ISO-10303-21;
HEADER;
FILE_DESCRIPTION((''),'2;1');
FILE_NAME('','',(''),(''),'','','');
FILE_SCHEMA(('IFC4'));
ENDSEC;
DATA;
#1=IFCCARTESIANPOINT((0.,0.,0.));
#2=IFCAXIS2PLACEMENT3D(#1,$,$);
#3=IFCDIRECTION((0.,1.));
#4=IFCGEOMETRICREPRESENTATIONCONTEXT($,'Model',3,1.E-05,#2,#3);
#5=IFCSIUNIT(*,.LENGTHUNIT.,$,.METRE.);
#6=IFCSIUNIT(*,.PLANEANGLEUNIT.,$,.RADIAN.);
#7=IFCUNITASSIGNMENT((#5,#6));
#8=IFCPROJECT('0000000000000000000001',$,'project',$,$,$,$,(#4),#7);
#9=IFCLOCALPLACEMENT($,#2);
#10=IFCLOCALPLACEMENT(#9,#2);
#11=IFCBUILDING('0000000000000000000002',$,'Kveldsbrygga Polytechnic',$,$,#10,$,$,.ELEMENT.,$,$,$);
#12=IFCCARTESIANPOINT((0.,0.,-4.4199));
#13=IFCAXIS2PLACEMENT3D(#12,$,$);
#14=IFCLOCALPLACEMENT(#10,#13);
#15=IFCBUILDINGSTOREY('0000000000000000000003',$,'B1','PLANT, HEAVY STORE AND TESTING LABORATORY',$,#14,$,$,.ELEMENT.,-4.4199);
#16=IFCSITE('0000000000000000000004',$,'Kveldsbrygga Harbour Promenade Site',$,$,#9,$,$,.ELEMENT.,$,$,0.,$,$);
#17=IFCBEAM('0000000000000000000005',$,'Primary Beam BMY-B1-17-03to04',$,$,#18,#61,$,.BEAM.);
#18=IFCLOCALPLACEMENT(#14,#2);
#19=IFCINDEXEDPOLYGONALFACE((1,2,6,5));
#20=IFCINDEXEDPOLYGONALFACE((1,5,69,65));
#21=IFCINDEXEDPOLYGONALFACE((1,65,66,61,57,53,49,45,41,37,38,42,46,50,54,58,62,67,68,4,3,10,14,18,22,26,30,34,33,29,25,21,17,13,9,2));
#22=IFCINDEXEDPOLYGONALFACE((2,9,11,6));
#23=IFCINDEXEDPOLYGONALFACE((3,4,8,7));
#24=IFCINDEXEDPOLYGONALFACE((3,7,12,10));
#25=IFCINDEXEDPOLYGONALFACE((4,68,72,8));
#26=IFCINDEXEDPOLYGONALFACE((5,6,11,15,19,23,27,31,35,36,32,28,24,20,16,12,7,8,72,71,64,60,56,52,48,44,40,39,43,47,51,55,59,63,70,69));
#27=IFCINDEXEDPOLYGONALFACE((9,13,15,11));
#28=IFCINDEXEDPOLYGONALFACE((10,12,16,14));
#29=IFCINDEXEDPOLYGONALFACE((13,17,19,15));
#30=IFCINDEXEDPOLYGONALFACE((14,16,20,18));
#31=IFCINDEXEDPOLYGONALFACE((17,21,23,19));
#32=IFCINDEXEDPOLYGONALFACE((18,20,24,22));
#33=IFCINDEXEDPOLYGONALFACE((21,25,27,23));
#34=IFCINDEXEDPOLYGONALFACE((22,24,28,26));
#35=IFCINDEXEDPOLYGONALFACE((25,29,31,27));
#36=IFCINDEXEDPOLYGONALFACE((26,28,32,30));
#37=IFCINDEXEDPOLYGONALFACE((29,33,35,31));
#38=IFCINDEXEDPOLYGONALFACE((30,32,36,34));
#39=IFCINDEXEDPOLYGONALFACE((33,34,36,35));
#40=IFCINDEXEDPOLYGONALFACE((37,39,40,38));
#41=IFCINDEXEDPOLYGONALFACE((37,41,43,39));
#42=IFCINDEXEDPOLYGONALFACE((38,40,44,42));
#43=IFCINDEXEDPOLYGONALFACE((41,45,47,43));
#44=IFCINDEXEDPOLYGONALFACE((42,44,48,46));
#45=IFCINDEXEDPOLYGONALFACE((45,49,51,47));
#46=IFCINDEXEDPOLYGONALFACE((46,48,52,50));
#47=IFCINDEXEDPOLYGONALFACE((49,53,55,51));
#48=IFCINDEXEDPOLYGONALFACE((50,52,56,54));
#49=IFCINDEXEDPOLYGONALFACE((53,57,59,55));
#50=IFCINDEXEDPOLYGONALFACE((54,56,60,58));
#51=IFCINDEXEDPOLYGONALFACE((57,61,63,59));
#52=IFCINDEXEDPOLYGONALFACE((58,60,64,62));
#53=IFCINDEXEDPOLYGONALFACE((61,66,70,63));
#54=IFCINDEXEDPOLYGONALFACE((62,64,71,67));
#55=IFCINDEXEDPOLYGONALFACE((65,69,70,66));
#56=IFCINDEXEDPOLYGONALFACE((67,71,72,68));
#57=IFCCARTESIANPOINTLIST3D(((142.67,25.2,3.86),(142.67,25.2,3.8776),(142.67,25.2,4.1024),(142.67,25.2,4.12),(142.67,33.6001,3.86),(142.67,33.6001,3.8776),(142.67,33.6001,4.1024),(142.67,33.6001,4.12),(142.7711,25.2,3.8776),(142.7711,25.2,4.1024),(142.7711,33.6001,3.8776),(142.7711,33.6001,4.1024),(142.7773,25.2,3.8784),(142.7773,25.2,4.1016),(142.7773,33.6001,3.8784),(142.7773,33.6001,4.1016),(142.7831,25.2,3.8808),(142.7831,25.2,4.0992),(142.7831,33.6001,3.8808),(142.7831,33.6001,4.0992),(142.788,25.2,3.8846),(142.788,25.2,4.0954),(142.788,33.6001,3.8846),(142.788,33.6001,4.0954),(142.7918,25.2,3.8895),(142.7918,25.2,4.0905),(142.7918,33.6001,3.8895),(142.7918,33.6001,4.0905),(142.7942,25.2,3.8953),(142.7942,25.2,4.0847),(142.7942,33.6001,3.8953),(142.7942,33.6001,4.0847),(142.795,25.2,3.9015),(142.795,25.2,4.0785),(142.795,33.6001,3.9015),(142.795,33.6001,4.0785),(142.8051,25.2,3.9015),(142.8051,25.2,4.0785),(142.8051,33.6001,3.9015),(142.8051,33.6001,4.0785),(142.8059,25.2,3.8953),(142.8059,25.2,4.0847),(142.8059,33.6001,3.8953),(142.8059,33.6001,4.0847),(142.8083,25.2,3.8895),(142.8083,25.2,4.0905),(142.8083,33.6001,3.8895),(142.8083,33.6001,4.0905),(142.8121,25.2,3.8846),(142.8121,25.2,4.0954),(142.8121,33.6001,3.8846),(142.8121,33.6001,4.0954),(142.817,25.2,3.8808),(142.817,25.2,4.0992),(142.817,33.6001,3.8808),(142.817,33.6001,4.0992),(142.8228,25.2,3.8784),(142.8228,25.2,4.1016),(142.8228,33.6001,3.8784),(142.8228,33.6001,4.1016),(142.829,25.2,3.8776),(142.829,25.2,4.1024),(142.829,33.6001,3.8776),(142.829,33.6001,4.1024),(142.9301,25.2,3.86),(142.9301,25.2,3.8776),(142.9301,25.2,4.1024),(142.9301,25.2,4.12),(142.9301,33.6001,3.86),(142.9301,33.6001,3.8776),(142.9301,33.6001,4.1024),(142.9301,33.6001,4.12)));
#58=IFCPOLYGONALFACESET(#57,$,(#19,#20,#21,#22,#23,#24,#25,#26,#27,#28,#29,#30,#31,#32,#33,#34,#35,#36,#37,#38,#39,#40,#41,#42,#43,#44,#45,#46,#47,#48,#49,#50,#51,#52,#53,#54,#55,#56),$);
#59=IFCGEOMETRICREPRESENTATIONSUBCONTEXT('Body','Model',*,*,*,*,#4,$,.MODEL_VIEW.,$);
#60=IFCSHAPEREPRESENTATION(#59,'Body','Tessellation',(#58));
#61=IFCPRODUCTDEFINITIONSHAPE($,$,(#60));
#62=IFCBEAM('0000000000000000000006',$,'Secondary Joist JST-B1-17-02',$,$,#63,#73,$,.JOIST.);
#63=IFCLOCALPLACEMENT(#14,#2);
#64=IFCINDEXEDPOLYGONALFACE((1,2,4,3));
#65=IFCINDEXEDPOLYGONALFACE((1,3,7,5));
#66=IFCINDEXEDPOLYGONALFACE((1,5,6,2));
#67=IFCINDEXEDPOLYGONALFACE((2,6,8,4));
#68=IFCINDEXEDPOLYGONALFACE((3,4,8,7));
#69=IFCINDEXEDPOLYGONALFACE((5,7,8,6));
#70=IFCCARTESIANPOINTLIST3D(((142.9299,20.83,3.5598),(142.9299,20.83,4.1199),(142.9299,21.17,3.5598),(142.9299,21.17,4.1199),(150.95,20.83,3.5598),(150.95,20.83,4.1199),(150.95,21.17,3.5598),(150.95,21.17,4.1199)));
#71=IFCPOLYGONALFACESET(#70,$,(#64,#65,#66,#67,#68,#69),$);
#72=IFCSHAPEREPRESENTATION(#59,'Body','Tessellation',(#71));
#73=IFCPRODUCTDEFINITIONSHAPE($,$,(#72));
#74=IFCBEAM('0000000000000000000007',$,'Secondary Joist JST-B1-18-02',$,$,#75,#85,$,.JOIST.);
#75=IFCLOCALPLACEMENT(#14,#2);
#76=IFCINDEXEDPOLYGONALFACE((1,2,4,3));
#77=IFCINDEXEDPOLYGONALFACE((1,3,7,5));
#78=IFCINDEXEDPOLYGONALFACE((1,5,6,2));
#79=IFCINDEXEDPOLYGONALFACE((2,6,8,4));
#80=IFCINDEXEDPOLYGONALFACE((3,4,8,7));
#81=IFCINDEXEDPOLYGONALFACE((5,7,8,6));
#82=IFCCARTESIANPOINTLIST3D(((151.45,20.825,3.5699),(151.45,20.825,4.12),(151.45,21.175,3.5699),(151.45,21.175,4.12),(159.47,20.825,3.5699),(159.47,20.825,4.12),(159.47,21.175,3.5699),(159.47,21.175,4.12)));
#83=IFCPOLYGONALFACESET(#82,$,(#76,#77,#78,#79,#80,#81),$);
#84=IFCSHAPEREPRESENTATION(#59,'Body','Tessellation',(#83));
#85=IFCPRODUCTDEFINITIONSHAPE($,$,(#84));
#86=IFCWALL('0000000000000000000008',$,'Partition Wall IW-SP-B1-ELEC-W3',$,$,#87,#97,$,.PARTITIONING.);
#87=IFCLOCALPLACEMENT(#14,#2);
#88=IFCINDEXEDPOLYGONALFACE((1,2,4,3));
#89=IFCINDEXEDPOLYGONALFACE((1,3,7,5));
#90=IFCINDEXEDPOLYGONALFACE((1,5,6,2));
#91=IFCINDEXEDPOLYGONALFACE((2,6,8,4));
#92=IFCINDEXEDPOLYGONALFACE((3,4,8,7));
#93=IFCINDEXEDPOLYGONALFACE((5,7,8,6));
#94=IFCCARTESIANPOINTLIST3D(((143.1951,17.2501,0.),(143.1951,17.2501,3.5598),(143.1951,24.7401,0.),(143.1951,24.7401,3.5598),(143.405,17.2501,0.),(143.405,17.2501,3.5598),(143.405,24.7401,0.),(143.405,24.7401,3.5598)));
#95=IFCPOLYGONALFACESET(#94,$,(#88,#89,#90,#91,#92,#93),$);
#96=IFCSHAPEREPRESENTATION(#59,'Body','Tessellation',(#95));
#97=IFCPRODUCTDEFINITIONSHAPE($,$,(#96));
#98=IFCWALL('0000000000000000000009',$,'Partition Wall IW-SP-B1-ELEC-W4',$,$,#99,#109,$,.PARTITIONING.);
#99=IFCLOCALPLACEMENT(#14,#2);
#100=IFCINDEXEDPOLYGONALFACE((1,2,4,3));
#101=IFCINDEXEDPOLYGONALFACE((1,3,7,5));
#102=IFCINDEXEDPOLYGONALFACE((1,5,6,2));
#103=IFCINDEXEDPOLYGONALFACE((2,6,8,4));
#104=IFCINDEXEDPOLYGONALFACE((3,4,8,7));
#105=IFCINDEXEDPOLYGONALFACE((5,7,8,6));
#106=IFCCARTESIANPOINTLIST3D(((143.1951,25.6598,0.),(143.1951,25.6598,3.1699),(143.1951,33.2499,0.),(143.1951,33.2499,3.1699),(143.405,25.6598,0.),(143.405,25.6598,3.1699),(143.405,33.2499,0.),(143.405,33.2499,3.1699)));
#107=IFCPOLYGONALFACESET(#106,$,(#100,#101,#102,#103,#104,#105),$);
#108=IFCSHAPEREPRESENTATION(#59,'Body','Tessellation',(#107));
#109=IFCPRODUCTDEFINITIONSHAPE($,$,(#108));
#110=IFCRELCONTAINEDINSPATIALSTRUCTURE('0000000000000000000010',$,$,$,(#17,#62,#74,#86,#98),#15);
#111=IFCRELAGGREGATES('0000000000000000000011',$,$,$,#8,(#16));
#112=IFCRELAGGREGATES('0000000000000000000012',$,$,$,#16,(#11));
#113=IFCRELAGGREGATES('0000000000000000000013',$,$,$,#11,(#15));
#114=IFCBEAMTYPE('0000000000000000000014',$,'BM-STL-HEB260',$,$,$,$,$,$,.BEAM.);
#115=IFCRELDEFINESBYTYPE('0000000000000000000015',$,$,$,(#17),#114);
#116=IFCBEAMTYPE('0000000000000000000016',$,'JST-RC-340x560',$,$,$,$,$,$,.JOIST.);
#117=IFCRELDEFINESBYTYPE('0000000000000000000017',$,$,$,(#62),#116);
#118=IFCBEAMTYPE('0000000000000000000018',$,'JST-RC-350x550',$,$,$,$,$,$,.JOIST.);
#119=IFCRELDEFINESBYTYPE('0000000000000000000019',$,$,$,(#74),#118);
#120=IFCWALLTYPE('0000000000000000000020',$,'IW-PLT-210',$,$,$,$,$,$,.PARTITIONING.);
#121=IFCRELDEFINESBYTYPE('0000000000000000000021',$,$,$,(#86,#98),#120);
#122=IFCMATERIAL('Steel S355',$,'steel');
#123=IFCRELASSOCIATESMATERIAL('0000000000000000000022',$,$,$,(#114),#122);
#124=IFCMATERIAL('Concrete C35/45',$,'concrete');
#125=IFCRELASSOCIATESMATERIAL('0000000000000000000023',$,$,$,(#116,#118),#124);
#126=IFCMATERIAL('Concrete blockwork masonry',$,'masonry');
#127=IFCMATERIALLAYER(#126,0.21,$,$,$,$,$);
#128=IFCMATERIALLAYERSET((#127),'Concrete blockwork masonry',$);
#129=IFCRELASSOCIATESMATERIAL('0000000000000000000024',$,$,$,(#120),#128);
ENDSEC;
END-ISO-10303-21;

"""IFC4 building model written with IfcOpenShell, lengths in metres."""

from ifc_helpers import new_model, si_unit, direction, frame, frame_2d, origin, origin_2d, place, context, subcontext, project, spatial, rectangle, i_section, extrude, material, layer, layer_set, material_profile, profile_set, type_object, element, save


model = new_model("IFC4")

# Units and contexts
model_context = context("Model", 3, precision=1e-05, world=origin(), true_north=direction((0.0, 1.0)))
body_context = subcontext(model_context, "Body", "Model", "MODEL_VIEW")
ifc_project = project(units=[si_unit("LENGTHUNIT", "METRE"), si_unit("PLANEANGLEUNIT", "RADIAN")], contexts=[model_context])

# Site, building, storey
site_placement = place(None, origin())
site = spatial("IfcSite", under=ifc_project, at=site_placement, Name="Kveldsbrygga Harbour Promenade Site", CompositionType="ELEMENT", RefElevation=0.0)
building_placement = place(site_placement, origin())
building = spatial("IfcBuilding", under=site, at=building_placement, Name="Kveldsbrygga Polytechnic", CompositionType="ELEMENT")
storey_placement = place(building_placement, frame((0.0, 0.0, -4.4199)))
storey = spatial("IfcBuildingStorey", under=building, at=storey_placement, Name="B1", Description="PLANT, HEAVY STORE AND TESTING LABORATORY", CompositionType="ELEMENT", Elevation=-4.4199)

# Beams
ifc_material_1 = material(Name="Concrete C35/45", Category="concrete")
ifc_material_2 = material(Name="Steel S355", Category="steel")
ifc_material_profile_1 = material_profile(ifc_material_2, i_section(OverallWidth=0.26, OverallDepth=0.26, WebThickness=0.01, FlangeThickness=0.0176, FilletRadius=0.0239, at=origin_2d()), Name="HEB 260")
ifc_profile_set_1 = profile_set([ifc_material_profile_1], Name="Steel S355")
beam_type_1 = type_object("IfcBeamType", Name="BM-STL-HEB260", PredefinedType="BEAM", material=ifc_profile_set_1)
beam_1_placement = place(storey_placement, frame((142.8, 25.2, 3.99), z_axis=(0.0, 1.0, 0.0), x_axis=(-1.0, 0.0, 0.0)))
element("IfcBeam", 1, at=beam_1_placement, inside=storey, type_object=beam_type_1, Name="Primary Beam BMY-B1-17-03to04", PredefinedType="BEAM", context=body_context, shape_type="SweptSolid", body=[
    extrude(i_section(OverallWidth=0.26, OverallDepth=0.26, WebThickness=0.01, FlangeThickness=0.0176, FilletRadius=0.0239, at=origin_2d()), origin(), (0.0, 0.0, 1.0), 8.4001),
])
ifc_material_profile_2 = material_profile(ifc_material_1, rectangle(XDim=0.3401, YDim=0.5601, at=origin_2d()), Name="RC 340x560")
ifc_profile_set_2 = profile_set([ifc_material_profile_2], Name="Concrete C35/45")
beam_type_2 = type_object("IfcBeamType", Name="JST-RC-340x560", PredefinedType="JOIST", material=ifc_profile_set_2)
beam_2_placement = place(storey_placement, frame((142.9299, 21.0, 3.8398), z_axis=(1.0, 0.0, 0.0), x_axis=(0.0, 1.0, 0.0)))
element("IfcBeam", 2, at=beam_2_placement, inside=storey, type_object=beam_type_2, Name="Secondary Joist JST-B1-17-02", PredefinedType="JOIST", context=body_context, shape_type="SweptSolid", body=[
    extrude(rectangle(XDim=0.3401, YDim=0.5601, at=origin_2d()), origin(), (0.0, 0.0, 1.0), 8.02),
])
ifc_material_profile_3 = material_profile(ifc_material_1, rectangle(XDim=0.3501, YDim=0.55, at=origin_2d()), Name="RC 350x550")
ifc_profile_set_3 = profile_set([ifc_material_profile_3], Name="Concrete C35/45")
beam_type_3 = type_object("IfcBeamType", Name="JST-RC-350x550", PredefinedType="JOIST", material=ifc_profile_set_3)
beam_3_placement = place(storey_placement, frame((151.45, 21.0, 3.845), z_axis=(1.0, 0.0, 0.0), x_axis=(0.0, 1.0, 0.0)))
element("IfcBeam", 3, at=beam_3_placement, inside=storey, type_object=beam_type_3, Name="Secondary Joist JST-B1-18-02", PredefinedType="JOIST", context=body_context, shape_type="SweptSolid", body=[
    extrude(rectangle(XDim=0.3501, YDim=0.55, at=origin_2d()), origin(), (0.0, 0.0, 1.0), 8.02),
])

# Walls
ifc_material_3 = material(Name="Concrete blockwork masonry", Category="masonry")
ifc_layer = layer(ifc_material_3, 0.21)
ifc_layer_set = layer_set([ifc_layer], Name="Concrete blockwork masonry")
wall_type = type_object("IfcWallType", Name="IW-PLT-210", PredefinedType="PARTITIONING", material=ifc_layer_set)
wall_1_placement = place(storey_placement, frame((143.3, 17.25, 0.0), z_axis=(0.0, 0.0, 1.0), x_axis=(0.0, 1.0, 0.0)))
element("IfcWall", 4, at=wall_1_placement, inside=storey, type_object=wall_type, Name="Partition Wall IW-SP-B1-ELEC-W3", PredefinedType="PARTITIONING", context=body_context, shape_type="SweptSolid", body=[
    extrude(rectangle(XDim=7.49, YDim=0.21, at=frame_2d((3.7451, 0.0))), origin(), (0.0, 0.0, 1.0), 3.5598),
])
wall_2_placement = place(storey_placement, frame((143.3, 25.6599, 0.0), z_axis=(0.0, 0.0, 1.0), x_axis=(0.0, 1.0, 0.0)))
element("IfcWall", 5, at=wall_2_placement, inside=storey, type_object=wall_type, Name="Partition Wall IW-SP-B1-ELEC-W4", PredefinedType="PARTITIONING", context=body_context, shape_type="SweptSolid", body=[
    extrude(rectangle(XDim=7.5901, YDim=0.21, at=frame_2d((3.7949, 0.0))), origin(), (0.0, 0.0, 1.0), 3.1699),
])

save(model, "model.ifc")
